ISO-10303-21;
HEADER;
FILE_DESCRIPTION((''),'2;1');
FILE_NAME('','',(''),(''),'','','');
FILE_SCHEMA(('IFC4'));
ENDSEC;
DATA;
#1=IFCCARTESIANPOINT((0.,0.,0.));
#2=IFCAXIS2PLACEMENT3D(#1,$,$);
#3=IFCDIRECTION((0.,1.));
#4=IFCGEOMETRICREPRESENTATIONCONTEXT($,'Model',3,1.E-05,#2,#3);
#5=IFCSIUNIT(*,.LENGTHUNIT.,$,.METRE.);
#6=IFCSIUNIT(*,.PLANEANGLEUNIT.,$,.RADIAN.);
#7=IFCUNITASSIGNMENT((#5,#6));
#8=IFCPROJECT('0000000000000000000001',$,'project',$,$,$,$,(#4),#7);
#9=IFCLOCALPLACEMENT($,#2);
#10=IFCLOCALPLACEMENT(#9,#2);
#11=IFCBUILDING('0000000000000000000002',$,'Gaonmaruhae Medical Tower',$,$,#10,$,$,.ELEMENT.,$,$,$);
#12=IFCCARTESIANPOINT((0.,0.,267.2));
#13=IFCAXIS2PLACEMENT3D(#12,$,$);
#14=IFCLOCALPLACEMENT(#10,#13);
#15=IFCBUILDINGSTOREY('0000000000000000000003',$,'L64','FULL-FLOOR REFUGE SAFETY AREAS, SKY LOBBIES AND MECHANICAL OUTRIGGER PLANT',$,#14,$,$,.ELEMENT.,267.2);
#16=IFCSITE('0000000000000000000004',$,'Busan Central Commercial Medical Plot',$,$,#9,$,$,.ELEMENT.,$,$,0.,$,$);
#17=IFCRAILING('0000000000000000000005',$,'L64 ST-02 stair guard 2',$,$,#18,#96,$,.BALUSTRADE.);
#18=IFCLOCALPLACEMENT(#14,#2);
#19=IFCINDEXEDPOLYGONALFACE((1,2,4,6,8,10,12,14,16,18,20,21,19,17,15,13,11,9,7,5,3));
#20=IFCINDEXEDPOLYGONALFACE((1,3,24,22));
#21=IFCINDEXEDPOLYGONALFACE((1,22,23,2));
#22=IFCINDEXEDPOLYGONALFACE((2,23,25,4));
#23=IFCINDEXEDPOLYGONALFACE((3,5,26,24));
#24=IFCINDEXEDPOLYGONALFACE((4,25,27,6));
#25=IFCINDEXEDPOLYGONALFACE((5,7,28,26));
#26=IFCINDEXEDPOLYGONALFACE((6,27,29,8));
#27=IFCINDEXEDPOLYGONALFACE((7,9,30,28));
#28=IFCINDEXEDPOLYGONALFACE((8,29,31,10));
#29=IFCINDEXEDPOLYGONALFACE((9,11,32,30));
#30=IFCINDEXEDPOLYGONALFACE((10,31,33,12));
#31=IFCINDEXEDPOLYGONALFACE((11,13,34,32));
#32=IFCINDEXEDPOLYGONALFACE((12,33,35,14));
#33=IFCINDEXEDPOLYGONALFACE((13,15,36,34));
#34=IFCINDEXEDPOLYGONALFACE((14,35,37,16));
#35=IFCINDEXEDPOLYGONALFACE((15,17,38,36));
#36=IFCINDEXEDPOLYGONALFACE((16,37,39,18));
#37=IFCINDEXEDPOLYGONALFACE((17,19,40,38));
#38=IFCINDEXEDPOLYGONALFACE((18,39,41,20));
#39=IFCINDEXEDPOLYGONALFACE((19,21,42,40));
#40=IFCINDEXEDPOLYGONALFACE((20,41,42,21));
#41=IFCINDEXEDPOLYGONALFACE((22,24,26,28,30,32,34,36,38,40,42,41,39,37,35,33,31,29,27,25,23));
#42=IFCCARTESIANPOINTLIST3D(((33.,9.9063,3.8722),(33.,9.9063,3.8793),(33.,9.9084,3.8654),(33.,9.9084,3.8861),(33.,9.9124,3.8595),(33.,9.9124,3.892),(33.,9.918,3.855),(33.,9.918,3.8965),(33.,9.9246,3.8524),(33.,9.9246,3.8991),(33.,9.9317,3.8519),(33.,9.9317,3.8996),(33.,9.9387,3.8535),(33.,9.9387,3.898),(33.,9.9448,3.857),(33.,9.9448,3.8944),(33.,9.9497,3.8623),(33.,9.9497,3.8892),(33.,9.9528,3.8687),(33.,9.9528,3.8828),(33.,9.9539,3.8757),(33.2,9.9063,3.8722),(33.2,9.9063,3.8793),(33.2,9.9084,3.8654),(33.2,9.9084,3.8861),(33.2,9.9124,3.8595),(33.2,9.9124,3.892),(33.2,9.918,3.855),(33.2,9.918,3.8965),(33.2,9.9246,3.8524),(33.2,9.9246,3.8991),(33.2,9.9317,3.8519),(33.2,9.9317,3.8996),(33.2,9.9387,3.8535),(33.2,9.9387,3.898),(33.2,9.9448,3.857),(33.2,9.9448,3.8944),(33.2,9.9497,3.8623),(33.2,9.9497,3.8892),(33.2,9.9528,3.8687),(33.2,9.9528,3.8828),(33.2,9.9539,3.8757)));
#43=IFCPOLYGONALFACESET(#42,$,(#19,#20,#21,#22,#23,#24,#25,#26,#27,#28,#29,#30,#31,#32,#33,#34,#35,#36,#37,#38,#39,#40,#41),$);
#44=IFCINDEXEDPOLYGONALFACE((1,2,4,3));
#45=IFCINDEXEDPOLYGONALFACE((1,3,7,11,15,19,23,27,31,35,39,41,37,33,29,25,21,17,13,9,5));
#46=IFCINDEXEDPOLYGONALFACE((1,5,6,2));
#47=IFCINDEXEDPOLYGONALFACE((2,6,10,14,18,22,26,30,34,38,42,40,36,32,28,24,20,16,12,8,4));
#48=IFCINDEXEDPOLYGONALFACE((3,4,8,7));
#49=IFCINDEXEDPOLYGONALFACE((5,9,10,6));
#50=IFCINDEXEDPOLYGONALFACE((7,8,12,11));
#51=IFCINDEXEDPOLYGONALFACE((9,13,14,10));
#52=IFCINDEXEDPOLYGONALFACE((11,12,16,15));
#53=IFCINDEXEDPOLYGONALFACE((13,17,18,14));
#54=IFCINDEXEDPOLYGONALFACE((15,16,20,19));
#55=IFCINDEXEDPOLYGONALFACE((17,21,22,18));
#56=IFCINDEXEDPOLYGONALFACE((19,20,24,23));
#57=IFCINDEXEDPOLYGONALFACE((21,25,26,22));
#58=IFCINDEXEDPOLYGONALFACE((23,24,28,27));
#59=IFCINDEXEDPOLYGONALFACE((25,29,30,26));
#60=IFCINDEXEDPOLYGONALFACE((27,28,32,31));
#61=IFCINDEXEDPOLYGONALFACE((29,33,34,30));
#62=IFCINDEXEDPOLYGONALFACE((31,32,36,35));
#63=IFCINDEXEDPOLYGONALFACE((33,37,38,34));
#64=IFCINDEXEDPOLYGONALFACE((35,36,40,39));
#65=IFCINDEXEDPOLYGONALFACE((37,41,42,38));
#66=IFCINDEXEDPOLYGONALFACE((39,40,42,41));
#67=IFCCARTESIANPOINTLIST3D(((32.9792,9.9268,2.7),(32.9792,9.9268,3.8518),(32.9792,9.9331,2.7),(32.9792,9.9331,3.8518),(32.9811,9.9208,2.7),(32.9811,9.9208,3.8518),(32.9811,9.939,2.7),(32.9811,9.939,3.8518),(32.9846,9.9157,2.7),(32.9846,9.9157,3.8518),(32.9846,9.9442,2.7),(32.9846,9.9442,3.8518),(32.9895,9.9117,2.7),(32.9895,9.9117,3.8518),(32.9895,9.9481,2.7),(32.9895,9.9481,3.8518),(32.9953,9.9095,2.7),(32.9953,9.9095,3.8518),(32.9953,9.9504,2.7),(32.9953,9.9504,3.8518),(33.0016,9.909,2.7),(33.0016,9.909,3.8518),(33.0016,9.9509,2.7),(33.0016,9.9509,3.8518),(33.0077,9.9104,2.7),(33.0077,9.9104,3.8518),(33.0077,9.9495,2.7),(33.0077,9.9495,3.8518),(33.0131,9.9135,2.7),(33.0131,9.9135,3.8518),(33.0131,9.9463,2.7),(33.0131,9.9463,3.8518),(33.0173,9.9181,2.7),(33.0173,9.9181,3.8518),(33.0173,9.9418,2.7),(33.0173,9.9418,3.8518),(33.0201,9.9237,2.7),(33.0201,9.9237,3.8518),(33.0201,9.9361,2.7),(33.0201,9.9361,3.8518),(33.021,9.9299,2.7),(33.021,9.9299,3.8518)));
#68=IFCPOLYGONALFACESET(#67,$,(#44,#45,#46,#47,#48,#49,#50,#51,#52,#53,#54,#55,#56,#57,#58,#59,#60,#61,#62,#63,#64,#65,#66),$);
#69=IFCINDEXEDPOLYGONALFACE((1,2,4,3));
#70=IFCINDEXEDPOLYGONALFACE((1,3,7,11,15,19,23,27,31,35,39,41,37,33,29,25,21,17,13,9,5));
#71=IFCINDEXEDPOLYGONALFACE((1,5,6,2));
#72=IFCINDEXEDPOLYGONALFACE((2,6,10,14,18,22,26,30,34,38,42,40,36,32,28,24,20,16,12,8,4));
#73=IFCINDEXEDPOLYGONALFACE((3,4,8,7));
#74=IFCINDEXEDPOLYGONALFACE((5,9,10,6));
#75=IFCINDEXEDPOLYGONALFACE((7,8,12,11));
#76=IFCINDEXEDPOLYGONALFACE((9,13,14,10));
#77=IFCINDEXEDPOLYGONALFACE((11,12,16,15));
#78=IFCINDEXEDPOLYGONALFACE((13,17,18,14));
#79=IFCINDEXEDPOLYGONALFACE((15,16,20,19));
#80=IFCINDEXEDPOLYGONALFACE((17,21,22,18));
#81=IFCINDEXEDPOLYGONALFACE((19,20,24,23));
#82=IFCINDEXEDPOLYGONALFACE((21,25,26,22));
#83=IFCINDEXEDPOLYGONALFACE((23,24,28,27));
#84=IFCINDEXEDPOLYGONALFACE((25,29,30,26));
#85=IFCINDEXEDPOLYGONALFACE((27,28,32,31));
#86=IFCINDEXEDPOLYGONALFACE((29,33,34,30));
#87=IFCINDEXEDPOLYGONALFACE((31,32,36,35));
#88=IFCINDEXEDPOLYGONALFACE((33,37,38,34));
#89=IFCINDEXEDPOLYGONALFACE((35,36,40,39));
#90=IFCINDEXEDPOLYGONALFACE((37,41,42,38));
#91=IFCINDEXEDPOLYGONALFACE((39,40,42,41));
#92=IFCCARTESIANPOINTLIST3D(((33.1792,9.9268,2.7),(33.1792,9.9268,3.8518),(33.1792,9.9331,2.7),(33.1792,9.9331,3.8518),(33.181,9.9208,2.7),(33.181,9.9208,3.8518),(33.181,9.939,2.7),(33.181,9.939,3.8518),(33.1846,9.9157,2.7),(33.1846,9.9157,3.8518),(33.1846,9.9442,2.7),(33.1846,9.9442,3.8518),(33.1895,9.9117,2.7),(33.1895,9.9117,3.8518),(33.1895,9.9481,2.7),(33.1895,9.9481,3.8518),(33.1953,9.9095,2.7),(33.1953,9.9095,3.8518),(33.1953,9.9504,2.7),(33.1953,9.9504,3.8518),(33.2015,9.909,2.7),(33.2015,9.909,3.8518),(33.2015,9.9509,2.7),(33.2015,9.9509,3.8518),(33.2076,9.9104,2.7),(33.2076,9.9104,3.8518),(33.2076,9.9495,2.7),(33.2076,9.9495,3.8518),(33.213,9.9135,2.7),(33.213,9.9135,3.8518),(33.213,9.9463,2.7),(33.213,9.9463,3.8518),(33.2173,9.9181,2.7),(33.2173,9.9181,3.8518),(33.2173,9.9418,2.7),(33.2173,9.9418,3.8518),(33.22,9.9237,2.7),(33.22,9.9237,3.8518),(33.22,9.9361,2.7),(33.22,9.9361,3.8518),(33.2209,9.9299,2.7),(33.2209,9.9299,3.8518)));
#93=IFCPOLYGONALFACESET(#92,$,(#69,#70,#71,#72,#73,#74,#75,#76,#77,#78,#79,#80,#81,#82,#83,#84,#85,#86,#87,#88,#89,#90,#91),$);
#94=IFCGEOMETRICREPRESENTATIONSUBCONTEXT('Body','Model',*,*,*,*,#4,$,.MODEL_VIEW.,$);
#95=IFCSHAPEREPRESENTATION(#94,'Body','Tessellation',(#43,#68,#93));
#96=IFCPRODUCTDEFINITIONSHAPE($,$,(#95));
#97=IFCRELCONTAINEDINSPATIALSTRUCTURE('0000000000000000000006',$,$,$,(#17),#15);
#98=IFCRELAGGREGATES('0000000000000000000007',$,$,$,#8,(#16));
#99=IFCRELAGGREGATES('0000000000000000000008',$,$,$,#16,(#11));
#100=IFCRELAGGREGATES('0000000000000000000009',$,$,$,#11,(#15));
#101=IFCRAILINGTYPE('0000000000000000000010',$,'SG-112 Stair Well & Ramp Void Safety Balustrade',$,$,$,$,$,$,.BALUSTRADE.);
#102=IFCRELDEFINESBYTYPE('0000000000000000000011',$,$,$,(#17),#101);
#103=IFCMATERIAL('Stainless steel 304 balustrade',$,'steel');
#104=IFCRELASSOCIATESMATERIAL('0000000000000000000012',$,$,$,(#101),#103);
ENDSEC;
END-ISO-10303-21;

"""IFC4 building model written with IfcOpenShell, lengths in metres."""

from ifc_helpers import new_model, si_unit, direction, frame, origin, origin_2d, place, context, subcontext, project, spatial, circle, extrude, material, type_object, element, save


model = new_model("IFC4")

# Units and contexts
model_context = context("Model", 3, precision=1e-05, world=origin(), true_north=direction((0.0, 1.0)))
body_context = subcontext(model_context, "Body", "Model", "MODEL_VIEW")
ifc_project = project(units=[si_unit("LENGTHUNIT", "METRE"), si_unit("PLANEANGLEUNIT", "RADIAN")], contexts=[model_context])

# Site, building, storey
site_placement = place(None, origin())
site = spatial("IfcSite", under=ifc_project, at=site_placement, Name="Busan Central Commercial Medical Plot", CompositionType="ELEMENT", RefElevation=0.0)
building_placement = place(site_placement, origin())
building = spatial("IfcBuilding", under=site, at=building_placement, Name="Gaonmaruhae Medical Tower", CompositionType="ELEMENT")
storey_placement = place(building_placement, frame((0.0, 0.0, 267.2)))
storey = spatial("IfcBuildingStorey", under=building, at=storey_placement, Name="L64", Description="FULL-FLOOR REFUGE SAFETY AREAS, SKY LOBBIES AND MECHANICAL OUTRIGGER PLANT", CompositionType="ELEMENT", Elevation=267.2)

# Railing
ifc_material_1 = material(Name="Stainless steel 304 balustrade", Category="steel")
railing_type_1 = type_object("IfcRailingType", Name="SG-112 Stair Well & Ramp Void Safety Balustrade", PredefinedType="BALUSTRADE", material=ifc_material_1)
railing_1_placement = place(storey_placement, frame((33.0, 9.9299, 2.7)))
element("IfcRailing", 1, at=railing_1_placement, inside=storey, type_object=railing_type_1, Name="L64 ST-02 stair guard 2", PredefinedType="BALUSTRADE", context=body_context, shape_type="SweptSolid", body=[
    extrude(circle(Radius=0.0239, at=origin_2d()), frame((0.0, 0.0, 1.1758), z_axis=(1.0, 0.0, 0.0), x_axis=(0.0, 1.0, 0.0)), (0.0, 0.0, 1.0), 0.2),
    extrude(circle(Radius=0.021, at=origin_2d()), origin(), (0.0, 0.0, 1.0), 1.1519),
    extrude(circle(Radius=0.021, at=origin_2d()), frame((0.2, 0.0, 0.0)), (0.0, 0.0, 1.0), 1.1519),
])

save(model, "model.ifc")
